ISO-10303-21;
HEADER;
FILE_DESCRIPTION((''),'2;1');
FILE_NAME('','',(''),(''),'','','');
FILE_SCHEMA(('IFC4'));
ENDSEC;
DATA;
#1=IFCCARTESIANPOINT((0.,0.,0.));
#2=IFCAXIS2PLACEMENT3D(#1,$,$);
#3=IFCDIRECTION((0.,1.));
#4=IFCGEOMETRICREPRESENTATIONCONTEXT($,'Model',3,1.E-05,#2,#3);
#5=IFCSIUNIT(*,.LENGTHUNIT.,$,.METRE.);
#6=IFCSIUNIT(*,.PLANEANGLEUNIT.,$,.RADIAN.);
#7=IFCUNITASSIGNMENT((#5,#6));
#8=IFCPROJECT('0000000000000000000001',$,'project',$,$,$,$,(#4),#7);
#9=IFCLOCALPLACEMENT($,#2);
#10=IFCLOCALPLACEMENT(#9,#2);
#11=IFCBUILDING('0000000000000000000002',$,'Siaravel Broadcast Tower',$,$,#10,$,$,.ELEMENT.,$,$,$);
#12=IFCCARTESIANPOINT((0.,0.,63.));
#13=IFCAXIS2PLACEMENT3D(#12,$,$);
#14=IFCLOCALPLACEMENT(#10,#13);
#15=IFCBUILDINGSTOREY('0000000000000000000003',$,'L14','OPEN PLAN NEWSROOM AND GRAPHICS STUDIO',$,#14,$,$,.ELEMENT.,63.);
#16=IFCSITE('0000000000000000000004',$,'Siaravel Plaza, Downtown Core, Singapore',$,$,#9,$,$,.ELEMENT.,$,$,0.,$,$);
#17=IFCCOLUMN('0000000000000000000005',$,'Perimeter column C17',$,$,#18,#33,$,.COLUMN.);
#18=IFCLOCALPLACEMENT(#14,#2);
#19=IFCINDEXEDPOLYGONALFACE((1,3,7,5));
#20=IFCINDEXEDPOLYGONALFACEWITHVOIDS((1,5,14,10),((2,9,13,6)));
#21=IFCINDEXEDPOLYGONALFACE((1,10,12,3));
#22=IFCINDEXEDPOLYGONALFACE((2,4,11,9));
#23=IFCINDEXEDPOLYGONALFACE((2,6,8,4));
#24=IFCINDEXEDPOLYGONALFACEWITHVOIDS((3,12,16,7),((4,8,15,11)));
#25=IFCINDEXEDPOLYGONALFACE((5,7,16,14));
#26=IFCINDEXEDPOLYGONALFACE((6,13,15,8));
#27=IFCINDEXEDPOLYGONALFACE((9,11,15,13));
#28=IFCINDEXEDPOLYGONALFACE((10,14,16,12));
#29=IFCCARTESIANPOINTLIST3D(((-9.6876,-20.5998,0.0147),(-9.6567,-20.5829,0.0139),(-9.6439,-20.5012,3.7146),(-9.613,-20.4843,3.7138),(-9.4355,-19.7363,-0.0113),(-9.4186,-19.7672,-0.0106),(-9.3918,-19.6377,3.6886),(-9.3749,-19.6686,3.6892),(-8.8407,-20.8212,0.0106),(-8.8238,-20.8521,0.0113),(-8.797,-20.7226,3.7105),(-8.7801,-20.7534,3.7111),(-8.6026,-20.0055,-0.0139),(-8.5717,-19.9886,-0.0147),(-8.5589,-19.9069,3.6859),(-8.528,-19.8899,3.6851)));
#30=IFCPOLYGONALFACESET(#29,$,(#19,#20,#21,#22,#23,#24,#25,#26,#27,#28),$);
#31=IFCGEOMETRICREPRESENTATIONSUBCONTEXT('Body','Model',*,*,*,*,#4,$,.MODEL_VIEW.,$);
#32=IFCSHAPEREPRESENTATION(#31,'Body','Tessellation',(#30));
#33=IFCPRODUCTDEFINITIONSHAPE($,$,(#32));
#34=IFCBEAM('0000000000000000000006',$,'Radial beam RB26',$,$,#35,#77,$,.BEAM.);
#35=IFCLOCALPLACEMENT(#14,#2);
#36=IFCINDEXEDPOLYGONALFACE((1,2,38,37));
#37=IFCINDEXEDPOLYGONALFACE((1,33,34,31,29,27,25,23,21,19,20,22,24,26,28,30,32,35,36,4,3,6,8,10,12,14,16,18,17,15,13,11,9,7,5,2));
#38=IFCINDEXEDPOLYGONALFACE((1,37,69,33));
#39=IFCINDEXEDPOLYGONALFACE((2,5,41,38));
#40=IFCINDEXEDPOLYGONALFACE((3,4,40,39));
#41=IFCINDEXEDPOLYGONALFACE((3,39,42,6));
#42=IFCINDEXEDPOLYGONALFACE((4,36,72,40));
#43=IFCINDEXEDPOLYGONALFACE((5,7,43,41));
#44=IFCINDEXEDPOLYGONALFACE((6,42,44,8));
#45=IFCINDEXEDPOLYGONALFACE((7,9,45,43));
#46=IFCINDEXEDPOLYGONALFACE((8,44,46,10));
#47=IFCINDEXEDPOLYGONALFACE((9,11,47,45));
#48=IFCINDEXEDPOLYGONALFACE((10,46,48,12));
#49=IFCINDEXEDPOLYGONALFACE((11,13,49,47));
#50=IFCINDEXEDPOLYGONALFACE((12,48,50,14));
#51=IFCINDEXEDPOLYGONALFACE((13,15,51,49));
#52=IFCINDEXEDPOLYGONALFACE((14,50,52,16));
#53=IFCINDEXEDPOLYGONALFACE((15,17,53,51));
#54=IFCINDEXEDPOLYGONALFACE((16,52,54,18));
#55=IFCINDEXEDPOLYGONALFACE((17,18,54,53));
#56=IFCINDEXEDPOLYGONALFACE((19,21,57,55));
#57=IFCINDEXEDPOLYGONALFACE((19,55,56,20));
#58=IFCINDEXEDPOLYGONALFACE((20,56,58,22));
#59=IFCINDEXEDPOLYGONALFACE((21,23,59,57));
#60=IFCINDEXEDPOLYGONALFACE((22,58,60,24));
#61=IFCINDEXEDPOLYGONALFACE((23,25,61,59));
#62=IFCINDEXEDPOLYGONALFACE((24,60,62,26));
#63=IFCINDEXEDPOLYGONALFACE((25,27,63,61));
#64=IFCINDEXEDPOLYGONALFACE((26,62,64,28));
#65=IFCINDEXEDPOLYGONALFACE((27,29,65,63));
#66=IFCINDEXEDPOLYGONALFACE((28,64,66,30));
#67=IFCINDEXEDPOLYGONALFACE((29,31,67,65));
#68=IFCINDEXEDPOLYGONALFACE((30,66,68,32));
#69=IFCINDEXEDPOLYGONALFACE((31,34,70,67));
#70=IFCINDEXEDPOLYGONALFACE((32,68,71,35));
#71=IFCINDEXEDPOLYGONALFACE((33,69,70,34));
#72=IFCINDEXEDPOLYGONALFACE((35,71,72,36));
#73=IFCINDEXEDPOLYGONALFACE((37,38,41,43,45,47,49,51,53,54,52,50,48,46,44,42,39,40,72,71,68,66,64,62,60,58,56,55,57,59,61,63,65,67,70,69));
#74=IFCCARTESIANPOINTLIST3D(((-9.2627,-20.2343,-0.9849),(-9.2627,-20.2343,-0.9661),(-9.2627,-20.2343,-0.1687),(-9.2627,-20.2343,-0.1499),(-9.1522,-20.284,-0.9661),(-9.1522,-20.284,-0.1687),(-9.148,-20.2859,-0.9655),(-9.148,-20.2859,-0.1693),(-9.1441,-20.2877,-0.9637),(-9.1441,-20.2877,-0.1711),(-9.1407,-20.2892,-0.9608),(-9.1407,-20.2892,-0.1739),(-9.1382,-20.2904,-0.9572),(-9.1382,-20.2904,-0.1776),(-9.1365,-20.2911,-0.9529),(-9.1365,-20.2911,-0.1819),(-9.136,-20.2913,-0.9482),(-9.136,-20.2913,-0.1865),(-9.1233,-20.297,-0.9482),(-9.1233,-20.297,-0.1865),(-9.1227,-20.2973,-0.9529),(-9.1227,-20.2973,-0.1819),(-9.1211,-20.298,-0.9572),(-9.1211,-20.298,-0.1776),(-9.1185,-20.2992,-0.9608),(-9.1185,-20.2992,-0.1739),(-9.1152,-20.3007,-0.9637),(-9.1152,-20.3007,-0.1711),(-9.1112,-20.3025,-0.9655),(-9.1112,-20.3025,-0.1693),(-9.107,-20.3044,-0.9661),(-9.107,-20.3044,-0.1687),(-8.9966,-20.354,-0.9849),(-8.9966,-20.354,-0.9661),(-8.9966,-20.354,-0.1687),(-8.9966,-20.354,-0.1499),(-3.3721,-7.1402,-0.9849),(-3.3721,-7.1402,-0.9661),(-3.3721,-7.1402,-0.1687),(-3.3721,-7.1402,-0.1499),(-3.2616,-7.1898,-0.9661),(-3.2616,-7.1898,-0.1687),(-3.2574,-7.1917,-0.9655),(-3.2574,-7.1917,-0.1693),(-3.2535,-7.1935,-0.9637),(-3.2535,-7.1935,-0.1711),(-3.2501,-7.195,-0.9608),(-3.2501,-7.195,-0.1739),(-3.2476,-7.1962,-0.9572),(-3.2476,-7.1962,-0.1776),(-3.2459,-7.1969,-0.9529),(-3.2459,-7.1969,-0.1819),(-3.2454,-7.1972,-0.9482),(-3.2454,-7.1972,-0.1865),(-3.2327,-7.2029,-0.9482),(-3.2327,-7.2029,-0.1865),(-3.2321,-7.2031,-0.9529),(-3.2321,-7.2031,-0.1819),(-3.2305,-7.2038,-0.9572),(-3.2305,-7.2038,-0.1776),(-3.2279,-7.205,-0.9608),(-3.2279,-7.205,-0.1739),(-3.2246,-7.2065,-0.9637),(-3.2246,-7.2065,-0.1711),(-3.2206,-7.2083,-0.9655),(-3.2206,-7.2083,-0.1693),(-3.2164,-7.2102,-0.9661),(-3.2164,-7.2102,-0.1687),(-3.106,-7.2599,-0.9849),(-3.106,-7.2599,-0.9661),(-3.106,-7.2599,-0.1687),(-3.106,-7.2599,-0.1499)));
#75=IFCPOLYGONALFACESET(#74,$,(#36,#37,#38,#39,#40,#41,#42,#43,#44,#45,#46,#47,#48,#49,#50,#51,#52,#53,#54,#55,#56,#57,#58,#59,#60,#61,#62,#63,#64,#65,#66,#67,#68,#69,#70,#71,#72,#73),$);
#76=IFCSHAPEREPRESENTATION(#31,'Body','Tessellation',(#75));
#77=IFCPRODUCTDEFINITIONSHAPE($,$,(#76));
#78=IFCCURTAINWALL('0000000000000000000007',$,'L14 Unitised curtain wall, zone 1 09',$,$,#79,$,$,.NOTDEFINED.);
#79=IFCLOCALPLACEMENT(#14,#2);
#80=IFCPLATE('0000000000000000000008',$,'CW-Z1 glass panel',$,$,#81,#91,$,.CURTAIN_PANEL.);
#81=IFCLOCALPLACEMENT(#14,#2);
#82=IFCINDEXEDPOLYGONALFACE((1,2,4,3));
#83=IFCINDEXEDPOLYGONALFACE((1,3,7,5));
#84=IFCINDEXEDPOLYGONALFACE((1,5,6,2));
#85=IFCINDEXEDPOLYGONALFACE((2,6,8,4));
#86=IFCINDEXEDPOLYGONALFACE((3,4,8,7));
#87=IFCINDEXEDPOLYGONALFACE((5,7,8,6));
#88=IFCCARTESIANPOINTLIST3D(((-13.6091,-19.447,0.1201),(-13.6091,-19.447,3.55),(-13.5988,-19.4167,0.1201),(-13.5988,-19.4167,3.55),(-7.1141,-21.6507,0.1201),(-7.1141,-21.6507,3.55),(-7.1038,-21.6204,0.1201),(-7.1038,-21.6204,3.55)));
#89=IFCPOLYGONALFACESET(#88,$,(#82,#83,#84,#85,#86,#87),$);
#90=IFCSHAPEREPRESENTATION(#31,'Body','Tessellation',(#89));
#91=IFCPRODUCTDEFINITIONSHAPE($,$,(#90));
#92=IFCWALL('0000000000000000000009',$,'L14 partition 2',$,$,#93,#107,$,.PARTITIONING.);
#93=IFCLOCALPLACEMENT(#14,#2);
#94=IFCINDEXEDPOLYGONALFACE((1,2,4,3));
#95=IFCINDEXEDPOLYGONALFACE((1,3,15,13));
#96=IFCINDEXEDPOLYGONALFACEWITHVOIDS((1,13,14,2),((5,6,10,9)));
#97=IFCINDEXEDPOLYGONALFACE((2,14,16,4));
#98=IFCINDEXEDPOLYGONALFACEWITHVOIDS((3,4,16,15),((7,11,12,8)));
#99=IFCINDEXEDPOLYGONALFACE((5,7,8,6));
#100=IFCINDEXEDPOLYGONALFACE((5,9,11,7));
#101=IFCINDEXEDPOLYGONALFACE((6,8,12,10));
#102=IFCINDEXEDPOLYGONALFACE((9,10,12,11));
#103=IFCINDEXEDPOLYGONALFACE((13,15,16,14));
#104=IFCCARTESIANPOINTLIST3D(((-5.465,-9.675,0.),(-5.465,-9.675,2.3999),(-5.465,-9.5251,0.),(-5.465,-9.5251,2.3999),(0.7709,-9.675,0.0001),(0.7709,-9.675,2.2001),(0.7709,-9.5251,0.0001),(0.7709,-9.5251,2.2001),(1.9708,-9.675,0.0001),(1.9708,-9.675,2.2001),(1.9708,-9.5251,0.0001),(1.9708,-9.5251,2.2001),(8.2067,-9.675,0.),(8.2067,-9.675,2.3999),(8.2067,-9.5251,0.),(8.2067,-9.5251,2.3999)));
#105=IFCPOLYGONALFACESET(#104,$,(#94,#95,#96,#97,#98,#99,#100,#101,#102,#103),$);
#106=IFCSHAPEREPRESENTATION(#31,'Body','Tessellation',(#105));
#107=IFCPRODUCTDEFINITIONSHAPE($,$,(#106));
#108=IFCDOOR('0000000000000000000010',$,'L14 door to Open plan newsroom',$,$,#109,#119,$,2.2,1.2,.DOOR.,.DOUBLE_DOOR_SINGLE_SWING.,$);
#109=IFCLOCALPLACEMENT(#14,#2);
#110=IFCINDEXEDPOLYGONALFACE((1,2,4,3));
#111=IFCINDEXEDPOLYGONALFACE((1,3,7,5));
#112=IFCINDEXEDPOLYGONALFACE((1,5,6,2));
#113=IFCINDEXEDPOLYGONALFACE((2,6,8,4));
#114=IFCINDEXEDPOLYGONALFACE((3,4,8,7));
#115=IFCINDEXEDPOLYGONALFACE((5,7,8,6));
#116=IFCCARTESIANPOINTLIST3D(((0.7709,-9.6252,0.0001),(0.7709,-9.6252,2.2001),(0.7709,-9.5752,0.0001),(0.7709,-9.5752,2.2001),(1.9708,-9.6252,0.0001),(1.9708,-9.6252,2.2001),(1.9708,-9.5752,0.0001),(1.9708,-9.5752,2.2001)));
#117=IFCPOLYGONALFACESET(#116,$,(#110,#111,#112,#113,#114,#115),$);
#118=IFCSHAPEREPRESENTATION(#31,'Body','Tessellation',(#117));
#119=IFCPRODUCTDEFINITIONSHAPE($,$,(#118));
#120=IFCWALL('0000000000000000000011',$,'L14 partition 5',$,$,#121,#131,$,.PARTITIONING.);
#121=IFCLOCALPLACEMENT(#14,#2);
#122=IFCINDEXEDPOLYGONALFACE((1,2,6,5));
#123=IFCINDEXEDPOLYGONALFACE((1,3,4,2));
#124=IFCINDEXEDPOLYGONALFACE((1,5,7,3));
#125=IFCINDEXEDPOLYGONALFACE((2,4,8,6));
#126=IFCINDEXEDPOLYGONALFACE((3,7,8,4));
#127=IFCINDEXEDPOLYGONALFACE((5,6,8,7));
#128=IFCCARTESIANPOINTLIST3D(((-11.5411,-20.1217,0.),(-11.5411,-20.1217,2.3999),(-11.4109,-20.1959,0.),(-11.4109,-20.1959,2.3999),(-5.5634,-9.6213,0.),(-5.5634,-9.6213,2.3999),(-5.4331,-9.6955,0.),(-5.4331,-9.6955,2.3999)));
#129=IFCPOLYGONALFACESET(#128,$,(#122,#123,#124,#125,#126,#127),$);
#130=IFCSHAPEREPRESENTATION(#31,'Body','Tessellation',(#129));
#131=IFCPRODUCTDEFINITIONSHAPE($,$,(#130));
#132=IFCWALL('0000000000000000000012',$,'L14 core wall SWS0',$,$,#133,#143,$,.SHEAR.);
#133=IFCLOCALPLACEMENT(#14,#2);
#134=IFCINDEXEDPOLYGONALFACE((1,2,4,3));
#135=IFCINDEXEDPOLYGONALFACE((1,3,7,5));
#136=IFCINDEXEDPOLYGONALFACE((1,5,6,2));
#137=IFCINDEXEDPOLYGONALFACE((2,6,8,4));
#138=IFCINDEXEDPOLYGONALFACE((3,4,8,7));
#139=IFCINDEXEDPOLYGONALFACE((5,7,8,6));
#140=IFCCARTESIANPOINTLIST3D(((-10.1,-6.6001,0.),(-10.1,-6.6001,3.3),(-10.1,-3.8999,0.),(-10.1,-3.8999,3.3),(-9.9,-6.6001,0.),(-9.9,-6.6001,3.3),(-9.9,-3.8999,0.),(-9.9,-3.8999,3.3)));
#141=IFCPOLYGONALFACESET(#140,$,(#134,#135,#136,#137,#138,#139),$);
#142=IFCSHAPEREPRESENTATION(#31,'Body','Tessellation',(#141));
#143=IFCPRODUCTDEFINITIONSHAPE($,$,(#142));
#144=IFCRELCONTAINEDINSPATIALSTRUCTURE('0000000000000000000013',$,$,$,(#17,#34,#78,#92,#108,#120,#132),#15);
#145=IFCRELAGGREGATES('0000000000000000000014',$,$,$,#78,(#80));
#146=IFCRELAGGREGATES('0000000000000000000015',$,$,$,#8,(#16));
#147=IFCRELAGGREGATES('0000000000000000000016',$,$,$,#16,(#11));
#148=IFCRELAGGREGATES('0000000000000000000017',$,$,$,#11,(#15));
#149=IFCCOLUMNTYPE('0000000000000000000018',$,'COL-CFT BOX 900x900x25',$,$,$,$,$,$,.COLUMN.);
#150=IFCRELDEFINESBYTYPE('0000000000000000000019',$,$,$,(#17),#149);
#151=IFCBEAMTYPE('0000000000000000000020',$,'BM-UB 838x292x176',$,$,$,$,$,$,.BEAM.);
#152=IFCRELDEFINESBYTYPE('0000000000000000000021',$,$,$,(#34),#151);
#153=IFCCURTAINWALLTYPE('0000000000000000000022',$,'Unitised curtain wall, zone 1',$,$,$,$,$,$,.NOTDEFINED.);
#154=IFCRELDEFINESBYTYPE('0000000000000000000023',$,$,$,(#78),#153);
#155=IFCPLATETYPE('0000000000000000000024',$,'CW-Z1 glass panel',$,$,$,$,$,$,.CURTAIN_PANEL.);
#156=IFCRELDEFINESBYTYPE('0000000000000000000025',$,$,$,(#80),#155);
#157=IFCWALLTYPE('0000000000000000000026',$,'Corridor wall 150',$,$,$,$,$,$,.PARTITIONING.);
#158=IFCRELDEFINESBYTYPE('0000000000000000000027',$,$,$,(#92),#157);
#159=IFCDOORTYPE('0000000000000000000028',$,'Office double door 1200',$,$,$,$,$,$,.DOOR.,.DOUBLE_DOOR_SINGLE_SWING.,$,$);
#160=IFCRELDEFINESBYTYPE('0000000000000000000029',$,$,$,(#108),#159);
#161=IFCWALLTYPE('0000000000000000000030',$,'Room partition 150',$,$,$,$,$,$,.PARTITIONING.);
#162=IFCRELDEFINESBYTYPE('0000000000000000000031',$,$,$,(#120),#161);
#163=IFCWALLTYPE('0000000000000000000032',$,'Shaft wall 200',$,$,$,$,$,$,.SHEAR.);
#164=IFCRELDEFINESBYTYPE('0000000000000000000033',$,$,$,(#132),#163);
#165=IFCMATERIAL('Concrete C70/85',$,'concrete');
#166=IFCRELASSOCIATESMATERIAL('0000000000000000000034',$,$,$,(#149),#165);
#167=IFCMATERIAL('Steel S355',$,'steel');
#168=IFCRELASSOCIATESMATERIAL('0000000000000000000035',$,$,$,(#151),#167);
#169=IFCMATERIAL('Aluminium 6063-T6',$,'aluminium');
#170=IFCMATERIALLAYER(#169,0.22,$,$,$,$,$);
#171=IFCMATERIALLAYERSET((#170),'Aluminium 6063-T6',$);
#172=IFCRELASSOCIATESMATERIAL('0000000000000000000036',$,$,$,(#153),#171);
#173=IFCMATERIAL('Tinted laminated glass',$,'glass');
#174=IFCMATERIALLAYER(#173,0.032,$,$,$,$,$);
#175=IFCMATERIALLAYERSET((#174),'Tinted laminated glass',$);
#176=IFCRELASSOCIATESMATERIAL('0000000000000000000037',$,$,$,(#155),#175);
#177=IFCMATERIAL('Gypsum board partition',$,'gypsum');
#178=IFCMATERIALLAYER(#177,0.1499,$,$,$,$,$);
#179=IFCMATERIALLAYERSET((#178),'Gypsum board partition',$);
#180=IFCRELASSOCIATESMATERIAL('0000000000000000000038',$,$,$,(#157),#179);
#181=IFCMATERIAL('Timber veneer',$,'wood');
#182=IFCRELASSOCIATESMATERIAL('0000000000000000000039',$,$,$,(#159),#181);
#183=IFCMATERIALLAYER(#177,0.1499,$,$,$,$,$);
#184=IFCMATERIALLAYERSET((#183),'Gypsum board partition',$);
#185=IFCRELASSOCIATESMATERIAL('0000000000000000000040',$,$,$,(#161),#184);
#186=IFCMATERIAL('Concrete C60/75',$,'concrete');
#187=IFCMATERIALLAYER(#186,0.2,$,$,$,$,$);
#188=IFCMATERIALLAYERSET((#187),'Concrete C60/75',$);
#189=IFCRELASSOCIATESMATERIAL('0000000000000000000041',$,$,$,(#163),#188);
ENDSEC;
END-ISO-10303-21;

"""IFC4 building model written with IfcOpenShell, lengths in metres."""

from ifc_helpers import new_model, si_unit, direction, frame, frame_2d, origin, origin_2d, place, context, subcontext, project, spatial, rectangle, hollow_rectangle, i_section, extrude, material, layer, layer_set, material_profile, profile_set, type_object, element, fill, aggregate, save


model = new_model("IFC4")

# Units and contexts
model_context = context("Model", 3, precision=1e-05, world=origin(), true_north=direction((0.0, 1.0)))
body_context = subcontext(model_context, "Body", "Model", "MODEL_VIEW")
ifc_project = project(units=[si_unit("LENGTHUNIT", "METRE"), si_unit("PLANEANGLEUNIT", "RADIAN")], contexts=[model_context])

# Site, building, storey
site_placement = place(None, origin())
site = spatial("IfcSite", under=ifc_project, at=site_placement, Name="Siaravel Plaza, Downtown Core, Singapore", CompositionType="ELEMENT", RefElevation=0.0)
building_placement = place(site_placement, origin())
building = spatial("IfcBuilding", under=site, at=building_placement, Name="Siaravel Broadcast Tower", CompositionType="ELEMENT")
storey_placement = place(building_placement, frame((0.0, 0.0, 63.0)))
storey = spatial("IfcBuildingStorey", under=building, at=storey_placement, Name="L14", Description="OPEN PLAN NEWSROOM AND GRAPHICS STUDIO", CompositionType="ELEMENT", Elevation=63.0)

# Column
ifc_material_1 = material(Name="Concrete C70/85", Category="concrete")
ifc_material_profile_1 = material_profile(ifc_material_1, hollow_rectangle(XDim=0.8999, YDim=0.8999, WallThickness=0.0249, at=origin_2d()))
ifc_profile_set_1 = profile_set([ifc_material_profile_1], Name="Concrete C70/85")
column_type = type_object("IfcColumnType", Name="COL-CFT BOX 900x900x25", PredefinedType="COLUMN", material=ifc_profile_set_1)
column_placement = place(storey_placement, frame((-9.1296, -20.2942, 0.0), z_axis=(0.011806, 0.026647, 0.999575), x_axis=(-0.959902, 0.28031, 0.003865)))
element("IfcColumn", 1, at=column_placement, inside=storey, type_object=column_type, Name="Perimeter column C17", PredefinedType="COLUMN", context=body_context, shape_type="SweptSolid", body=[
    extrude(hollow_rectangle(XDim=0.8999, YDim=0.8999, WallThickness=0.0249, at=origin_2d()), origin(), (0.0, 0.0, 1.0), 3.7014),
])

# Beam
ifc_material_2 = material(Name="Steel S355", Category="steel")
ifc_material_profile_2 = material_profile(ifc_material_2, i_section(OverallWidth=0.2917, OverallDepth=0.835, WebThickness=0.0139, FlangeThickness=0.0188, FilletRadius=0.0178, at=origin_2d()))
ifc_profile_set_2 = profile_set([ifc_material_profile_2], Name="Steel S355")
beam_type = type_object("IfcBeamType", Name="BM-UB 838x292x176", PredefinedType="BEAM", material=ifc_profile_set_2)
beam_placement = place(storey_placement, frame((-9.1296, -20.2942, -0.5674), z_axis=(0.410261, 0.911968, 0.0), x_axis=(-0.911968, 0.410261, 0.0)))
element("IfcBeam", 2, at=beam_placement, inside=storey, type_object=beam_type, Name="Radial beam RB26", PredefinedType="BEAM", context=body_context, shape_type="SweptSolid", body=[
    extrude(i_section(OverallWidth=0.2917, OverallDepth=0.835, WebThickness=0.0139, FlangeThickness=0.0188, FilletRadius=0.0178, at=origin_2d()), origin(), (0.0, 0.0, 1.0), 14.3582),
])

# Curtain wall, plate
ifc_material_3 = material(Name="Aluminium 6063-T6", Category="aluminium")
ifc_layer_1 = layer(ifc_material_3, 0.22)
ifc_layer_set_1 = layer_set([ifc_layer_1], Name="Aluminium 6063-T6")
curtain_wall_type = type_object("IfcCurtainWallType", Name="Unitised curtain wall, zone 1", PredefinedType="NOTDEFINED", material=ifc_layer_set_1)
curtain_wall_placement = place(storey_placement, origin())
curtain_wall = element("IfcCurtainWall", 3, at=curtain_wall_placement, inside=storey, type_object=curtain_wall_type, Name="L14 Unitised curtain wall, zone 1 09", PredefinedType="NOTDEFINED")
ifc_material_4 = material(Name="Tinted laminated glass", Category="glass")
ifc_layer_2 = layer(ifc_material_4, 0.032)
ifc_layer_set_2 = layer_set([ifc_layer_2], Name="Tinted laminated glass")
plate_type = type_object("IfcPlateType", Name="CW-Z1 glass panel", PredefinedType="CURTAIN_PANEL", material=ifc_layer_set_2)
plate_placement = place(storey_placement, frame((-10.3564, -20.5337, 0.1201), z_axis=(0.0, 0.0, 1.0), x_axis=(0.946978, -0.3213, 0.0)))
plate = element("IfcPlate", 4, at=plate_placement, type_object=plate_type, Name="CW-Z1 glass panel", PredefinedType="CURTAIN_PANEL", context=body_context, shape_type="SweptSolid", body=[
    extrude(rectangle(XDim=6.8586, YDim=0.032, at=origin_2d()), origin(), (0.0, 0.0, 1.0), 3.4299),
])
aggregate(curtain_wall, [plate])

# Shared definitions
ifc_material_5 = material(Name="Concrete C60/75", Category="concrete")

# Wall, opening, door
ifc_material_6 = material(Name="Gypsum board partition", Category="gypsum")
ifc_layer_3 = layer(ifc_material_6, 0.1499)
ifc_layer_set_3 = layer_set([ifc_layer_3], Name="Gypsum board partition")
wall_type_1 = type_object("IfcWallType", Name="Corridor wall 150", PredefinedType="PARTITIONING", material=ifc_layer_set_3)
wall_1_placement = place(storey_placement, frame((-5.4651, -9.6001, 0.0), z_axis=(0.0, 0.0, 1.0), x_axis=(1.0, 0.0, 0.0)))
wall_1 = element("IfcWall", 5, at=wall_1_placement, inside=storey, type_object=wall_type_1, Name="L14 partition 2", PredefinedType="PARTITIONING", context=body_context, shape_type="SweptSolid", body=[
    extrude(rectangle(XDim=13.6716, YDim=0.1499, at=frame_2d((6.8359, 0.0))), origin(), (0.0, 0.0, 1.0), 2.3999),
])
opening_1_placement = place(wall_1_placement, frame((6.2358, 0.0, 0.0)))
opening_1 = element("IfcOpeningElement", 6, at=opening_1_placement, cuts=wall_1, PredefinedType="OPENING", context=body_context, shape_type="SweptSolid", body=[
    extrude(rectangle(XDim=1.2, YDim=2.2, at=frame_2d((0.6001, 1.1001))), frame((0.0, 0.085, 0.0), z_axis=(0.0, -1.0, 0.0), x_axis=(1.0, 0.0, 0.0)), (0.0, 0.0, 1.0), 0.1699),
])
ifc_material_7 = material(Name="Timber veneer", Category="wood")
door_type_1 = type_object("IfcDoorType", Name="Office double door 1200", OperationType="DOUBLE_DOOR_SINGLE_SWING", PredefinedType="DOOR", material=ifc_material_7)
door_1_placement = place(opening_1_placement, origin())
door_1 = element("IfcDoor", 7, at=door_1_placement, inside=storey, type_object=door_type_1, Name="L14 door to Open plan newsroom", OperationType="DOUBLE_DOOR_SINGLE_SWING", OverallHeight=2.2, OverallWidth=1.2, PredefinedType="DOOR", context=body_context, shape_type="SweptSolid", body=[
    extrude(rectangle(XDim=1.2, YDim=2.2, at=frame_2d((0.6001, 1.1001))), frame((0.0, 0.0249, 0.0), z_axis=(0.0, -1.0, 0.0), x_axis=(1.0, 0.0, 0.0)), (0.0, 0.0, 1.0), 0.05),
])
fill(opening_1, door_1)

# Walls
ifc_layer_4 = layer(ifc_material_6, 0.1499)
ifc_layer_set_4 = layer_set([ifc_layer_4], Name="Gypsum board partition")
wall_type_2 = type_object("IfcWallType", Name="Room partition 150", PredefinedType="PARTITIONING", material=ifc_layer_set_4)
wall_2_placement = place(storey_placement, frame((-11.4761, -20.1589, 0.0), z_axis=(0.0, 0.0, 1.0), x_axis=(0.494735, 0.869044, 0.0)))
element("IfcWall", 8, at=wall_2_placement, inside=storey, type_object=wall_type_2, Name="L14 partition 5", PredefinedType="PARTITIONING", context=body_context, shape_type="SweptSolid", body=[
    extrude(rectangle(XDim=12.0828, YDim=0.1499, at=frame_2d((6.0415, 0.0))), origin(), (0.0, 0.0, 1.0), 2.3999),
])
ifc_layer_5 = layer(ifc_material_5, 0.2)
ifc_layer_set_5 = layer_set([ifc_layer_5], Name="Concrete C60/75")
wall_type_3 = type_object("IfcWallType", Name="Shaft wall 200", PredefinedType="SHEAR", material=ifc_layer_set_5)
wall_3_placement = place(storey_placement, frame((-10.0, -6.6001, 0.0), z_axis=(0.0, 0.0, 1.0), x_axis=(0.0, 1.0, 0.0)))
element("IfcWall", 9, at=wall_3_placement, inside=storey, type_object=wall_type_3, Name="L14 core wall SWS0", PredefinedType="SHEAR", context=body_context, shape_type="SweptSolid", body=[
    extrude(rectangle(XDim=2.7002, YDim=0.2, at=frame_2d((1.3501, 0.0))), origin(), (0.0, 0.0, 1.0), 3.3),
])

save(model, "model.ifc")
